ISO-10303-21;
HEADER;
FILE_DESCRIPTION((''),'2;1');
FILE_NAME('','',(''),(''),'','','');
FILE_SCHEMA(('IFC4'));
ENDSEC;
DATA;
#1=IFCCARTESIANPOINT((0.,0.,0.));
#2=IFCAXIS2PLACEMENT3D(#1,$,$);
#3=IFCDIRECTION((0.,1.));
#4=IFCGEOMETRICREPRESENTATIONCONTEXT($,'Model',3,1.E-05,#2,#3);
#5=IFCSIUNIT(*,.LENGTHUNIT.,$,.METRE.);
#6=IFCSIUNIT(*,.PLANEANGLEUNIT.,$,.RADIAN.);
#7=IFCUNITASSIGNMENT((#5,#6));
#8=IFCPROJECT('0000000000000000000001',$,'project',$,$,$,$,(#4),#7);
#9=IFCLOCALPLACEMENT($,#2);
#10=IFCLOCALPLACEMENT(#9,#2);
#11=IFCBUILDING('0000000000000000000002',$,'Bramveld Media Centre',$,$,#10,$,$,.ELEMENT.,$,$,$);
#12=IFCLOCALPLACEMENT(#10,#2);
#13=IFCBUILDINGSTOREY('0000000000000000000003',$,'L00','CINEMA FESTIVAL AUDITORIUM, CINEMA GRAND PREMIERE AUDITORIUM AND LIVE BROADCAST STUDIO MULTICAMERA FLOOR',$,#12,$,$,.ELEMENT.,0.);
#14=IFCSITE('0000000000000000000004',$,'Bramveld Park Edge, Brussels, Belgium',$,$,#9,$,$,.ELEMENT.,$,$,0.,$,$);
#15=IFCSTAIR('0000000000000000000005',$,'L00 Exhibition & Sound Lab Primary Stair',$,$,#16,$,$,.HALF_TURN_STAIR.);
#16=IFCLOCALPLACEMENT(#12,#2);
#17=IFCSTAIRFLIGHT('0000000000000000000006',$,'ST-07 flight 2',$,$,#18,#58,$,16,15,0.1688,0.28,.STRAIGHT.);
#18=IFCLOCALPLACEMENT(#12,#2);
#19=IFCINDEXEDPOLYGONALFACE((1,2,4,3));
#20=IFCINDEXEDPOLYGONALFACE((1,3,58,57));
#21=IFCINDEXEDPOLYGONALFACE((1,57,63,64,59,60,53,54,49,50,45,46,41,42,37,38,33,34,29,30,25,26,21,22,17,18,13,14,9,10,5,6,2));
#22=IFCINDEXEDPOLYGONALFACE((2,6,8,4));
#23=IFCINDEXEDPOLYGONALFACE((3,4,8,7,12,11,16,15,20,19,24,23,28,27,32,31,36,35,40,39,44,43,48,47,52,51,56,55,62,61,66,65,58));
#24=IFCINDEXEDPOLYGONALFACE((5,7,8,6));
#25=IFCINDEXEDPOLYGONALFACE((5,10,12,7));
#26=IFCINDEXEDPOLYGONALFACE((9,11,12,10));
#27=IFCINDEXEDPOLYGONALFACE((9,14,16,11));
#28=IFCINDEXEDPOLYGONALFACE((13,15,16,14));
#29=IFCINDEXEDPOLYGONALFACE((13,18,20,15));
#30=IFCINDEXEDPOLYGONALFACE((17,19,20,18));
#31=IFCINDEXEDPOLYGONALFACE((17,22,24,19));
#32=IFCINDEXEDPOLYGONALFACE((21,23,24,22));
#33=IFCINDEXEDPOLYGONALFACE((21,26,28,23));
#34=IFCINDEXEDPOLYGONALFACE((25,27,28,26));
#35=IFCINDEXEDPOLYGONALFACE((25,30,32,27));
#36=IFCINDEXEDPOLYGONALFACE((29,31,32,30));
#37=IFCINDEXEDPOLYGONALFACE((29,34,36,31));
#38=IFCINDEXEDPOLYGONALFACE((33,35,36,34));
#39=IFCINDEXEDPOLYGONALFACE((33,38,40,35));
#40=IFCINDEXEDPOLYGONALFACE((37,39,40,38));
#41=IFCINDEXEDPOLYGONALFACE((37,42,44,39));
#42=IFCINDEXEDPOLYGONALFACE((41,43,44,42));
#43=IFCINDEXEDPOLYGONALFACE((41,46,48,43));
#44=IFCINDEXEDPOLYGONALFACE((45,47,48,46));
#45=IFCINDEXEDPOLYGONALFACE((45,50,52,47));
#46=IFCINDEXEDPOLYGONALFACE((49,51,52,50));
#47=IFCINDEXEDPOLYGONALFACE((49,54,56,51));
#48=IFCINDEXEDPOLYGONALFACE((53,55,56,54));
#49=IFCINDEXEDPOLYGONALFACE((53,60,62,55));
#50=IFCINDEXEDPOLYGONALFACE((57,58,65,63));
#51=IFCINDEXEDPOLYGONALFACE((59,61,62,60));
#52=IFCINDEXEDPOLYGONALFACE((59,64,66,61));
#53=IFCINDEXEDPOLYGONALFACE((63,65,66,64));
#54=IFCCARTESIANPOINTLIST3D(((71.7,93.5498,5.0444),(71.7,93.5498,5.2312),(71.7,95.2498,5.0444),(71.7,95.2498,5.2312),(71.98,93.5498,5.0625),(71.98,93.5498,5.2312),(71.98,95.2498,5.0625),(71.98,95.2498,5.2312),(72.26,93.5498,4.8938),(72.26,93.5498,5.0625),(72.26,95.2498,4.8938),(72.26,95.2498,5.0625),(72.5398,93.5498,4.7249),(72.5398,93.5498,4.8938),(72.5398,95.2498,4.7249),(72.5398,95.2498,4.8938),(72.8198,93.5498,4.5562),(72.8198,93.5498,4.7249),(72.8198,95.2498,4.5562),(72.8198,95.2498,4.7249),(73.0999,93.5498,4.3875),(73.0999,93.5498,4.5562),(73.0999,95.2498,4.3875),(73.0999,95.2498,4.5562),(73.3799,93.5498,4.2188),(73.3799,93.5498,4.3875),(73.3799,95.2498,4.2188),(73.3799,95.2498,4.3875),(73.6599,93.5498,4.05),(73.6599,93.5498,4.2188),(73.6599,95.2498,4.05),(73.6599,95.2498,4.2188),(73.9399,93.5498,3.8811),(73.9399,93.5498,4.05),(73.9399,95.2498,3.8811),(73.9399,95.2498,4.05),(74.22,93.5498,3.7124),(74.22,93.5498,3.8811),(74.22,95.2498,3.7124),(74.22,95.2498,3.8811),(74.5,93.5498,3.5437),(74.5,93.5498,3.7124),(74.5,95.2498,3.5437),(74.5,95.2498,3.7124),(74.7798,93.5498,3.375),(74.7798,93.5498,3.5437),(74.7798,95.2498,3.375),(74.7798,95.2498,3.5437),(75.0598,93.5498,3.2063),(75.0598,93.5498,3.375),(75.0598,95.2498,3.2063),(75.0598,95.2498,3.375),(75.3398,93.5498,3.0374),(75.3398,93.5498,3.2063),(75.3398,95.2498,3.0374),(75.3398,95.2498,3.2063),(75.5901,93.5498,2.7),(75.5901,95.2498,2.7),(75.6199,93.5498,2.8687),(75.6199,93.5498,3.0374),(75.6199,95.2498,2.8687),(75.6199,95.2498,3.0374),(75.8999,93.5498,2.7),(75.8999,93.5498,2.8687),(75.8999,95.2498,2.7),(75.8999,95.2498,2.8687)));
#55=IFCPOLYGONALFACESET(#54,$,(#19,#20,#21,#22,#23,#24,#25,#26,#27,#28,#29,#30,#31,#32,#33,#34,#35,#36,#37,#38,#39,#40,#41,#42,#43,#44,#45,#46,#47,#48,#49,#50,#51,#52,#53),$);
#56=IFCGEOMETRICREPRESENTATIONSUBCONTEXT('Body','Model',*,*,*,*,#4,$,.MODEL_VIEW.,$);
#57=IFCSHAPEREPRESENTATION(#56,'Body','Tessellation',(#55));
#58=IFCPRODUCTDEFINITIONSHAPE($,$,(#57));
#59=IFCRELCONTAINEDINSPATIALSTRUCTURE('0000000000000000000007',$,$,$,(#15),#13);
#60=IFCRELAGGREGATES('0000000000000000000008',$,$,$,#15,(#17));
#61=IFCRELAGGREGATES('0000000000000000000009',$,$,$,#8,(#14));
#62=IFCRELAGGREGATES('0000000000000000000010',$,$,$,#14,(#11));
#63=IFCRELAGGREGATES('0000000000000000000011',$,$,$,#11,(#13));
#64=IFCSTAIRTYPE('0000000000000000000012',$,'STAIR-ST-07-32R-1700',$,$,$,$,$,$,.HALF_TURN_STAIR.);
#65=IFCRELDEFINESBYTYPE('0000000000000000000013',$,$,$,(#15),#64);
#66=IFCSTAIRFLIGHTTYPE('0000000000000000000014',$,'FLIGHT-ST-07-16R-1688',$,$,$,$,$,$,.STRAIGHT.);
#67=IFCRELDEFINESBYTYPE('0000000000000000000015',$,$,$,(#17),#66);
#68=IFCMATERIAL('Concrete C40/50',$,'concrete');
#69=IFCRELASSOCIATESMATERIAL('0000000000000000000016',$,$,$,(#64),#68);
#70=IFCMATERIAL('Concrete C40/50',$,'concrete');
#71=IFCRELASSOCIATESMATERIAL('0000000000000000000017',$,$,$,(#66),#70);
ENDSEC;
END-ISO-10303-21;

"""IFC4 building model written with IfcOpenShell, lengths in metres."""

from ifc_helpers import new_model, si_unit, direction, frame, origin, place, context, subcontext, project, spatial, polyline, outline, extrude, material, type_object, element, aggregate, save


model = new_model("IFC4")

# Units and contexts
model_context = context("Model", 3, precision=1e-05, world=origin(), true_north=direction((0.0, 1.0)))
body_context = subcontext(model_context, "Body", "Model", "MODEL_VIEW")
ifc_project = project(units=[si_unit("LENGTHUNIT", "METRE"), si_unit("PLANEANGLEUNIT", "RADIAN")], contexts=[model_context])

# Site, building, storey
site_placement = place(None, origin())
site = spatial("IfcSite", under=ifc_project, at=site_placement, Name="Bramveld Park Edge, Brussels, Belgium", CompositionType="ELEMENT", RefElevation=0.0)
building_placement = place(site_placement, origin())
building = spatial("IfcBuilding", under=site, at=building_placement, Name="Bramveld Media Centre", CompositionType="ELEMENT")
storey_placement = place(building_placement, origin())
storey = spatial("IfcBuildingStorey", under=building, at=storey_placement, Name="L00", Description="CINEMA FESTIVAL AUDITORIUM, CINEMA GRAND PREMIERE AUDITORIUM AND LIVE BROADCAST STUDIO MULTICAMERA FLOOR", CompositionType="ELEMENT", Elevation=0.0)

# Stair, stair flight
ifc_material_1 = material(Name="Concrete C40/50", Category="concrete")
stair_type = type_object("IfcStairType", Name="STAIR-ST-07-32R-1700", PredefinedType="HALF_TURN_STAIR", material=ifc_material_1)
stair_placement = place(storey_placement, origin())
stair = element("IfcStair", 1, at=stair_placement, inside=storey, type_object=stair_type, Name="L00 Exhibition & Sound Lab Primary Stair", PredefinedType="HALF_TURN_STAIR")
ifc_material_2 = material(Name="Concrete C40/50", Category="concrete")
stair_flight_type = type_object("IfcStairFlightType", Name="FLIGHT-ST-07-16R-1688", PredefinedType="STRAIGHT", material=ifc_material_2)
stair_flight_1_placement = place(storey_placement, frame((75.8999, 94.3999, 2.7), z_axis=(0.0, 0.0, 1.0), x_axis=(-1.0, 0.0, 0.0)))
stair_flight_1 = element("IfcStairFlight", 2, at=stair_flight_1_placement, type_object=stair_flight_type, Name="ST-07 flight 2", NumberOfRisers=16, NumberOfTreads=15, PredefinedType="STRAIGHT", RiserHeight=0.1688, TreadLength=0.28, context=body_context, shape_type="SweptSolid", body=[
    extrude(outline(polyline([(0.0, 0.0), (0.0, 0.1687), (0.28, 0.1687), (0.28, 0.3374), (0.5601, 0.3374), (0.5601, 0.5063), (0.8401, 0.5063), (0.8401, 0.675), (1.1201, 0.675), (1.1201, 0.8438), (1.3999, 0.8438), (1.3999, 1.0125), (1.6799, 1.0125), (1.6799, 1.1812), (1.96, 1.1812), (1.96, 1.3501), (2.24, 1.3501), (2.24, 1.5188), (2.52, 1.5188), (2.52, 1.6875), (2.8, 1.6875), (2.8, 1.8562), (3.0801, 1.8562), (3.0801, 2.0249), (3.3601, 2.0249), (3.3601, 2.1938), (3.6399, 2.1938), (3.6399, 2.3625), (3.9199, 2.3625), (3.9199, 2.5312), (4.2, 2.5312), (4.2, 2.7), (4.2, 2.3445), (0.3098, 0.0), (0.0, 0.0)])), frame((0.0, 0.8501, 0.0), z_axis=(0.0, -1.0, 0.0), x_axis=(1.0, 0.0, 0.0)), (0.0, 0.0, 1.0), 1.7),
])
aggregate(stair, [stair_flight_1])

save(model, "model.ifc")
